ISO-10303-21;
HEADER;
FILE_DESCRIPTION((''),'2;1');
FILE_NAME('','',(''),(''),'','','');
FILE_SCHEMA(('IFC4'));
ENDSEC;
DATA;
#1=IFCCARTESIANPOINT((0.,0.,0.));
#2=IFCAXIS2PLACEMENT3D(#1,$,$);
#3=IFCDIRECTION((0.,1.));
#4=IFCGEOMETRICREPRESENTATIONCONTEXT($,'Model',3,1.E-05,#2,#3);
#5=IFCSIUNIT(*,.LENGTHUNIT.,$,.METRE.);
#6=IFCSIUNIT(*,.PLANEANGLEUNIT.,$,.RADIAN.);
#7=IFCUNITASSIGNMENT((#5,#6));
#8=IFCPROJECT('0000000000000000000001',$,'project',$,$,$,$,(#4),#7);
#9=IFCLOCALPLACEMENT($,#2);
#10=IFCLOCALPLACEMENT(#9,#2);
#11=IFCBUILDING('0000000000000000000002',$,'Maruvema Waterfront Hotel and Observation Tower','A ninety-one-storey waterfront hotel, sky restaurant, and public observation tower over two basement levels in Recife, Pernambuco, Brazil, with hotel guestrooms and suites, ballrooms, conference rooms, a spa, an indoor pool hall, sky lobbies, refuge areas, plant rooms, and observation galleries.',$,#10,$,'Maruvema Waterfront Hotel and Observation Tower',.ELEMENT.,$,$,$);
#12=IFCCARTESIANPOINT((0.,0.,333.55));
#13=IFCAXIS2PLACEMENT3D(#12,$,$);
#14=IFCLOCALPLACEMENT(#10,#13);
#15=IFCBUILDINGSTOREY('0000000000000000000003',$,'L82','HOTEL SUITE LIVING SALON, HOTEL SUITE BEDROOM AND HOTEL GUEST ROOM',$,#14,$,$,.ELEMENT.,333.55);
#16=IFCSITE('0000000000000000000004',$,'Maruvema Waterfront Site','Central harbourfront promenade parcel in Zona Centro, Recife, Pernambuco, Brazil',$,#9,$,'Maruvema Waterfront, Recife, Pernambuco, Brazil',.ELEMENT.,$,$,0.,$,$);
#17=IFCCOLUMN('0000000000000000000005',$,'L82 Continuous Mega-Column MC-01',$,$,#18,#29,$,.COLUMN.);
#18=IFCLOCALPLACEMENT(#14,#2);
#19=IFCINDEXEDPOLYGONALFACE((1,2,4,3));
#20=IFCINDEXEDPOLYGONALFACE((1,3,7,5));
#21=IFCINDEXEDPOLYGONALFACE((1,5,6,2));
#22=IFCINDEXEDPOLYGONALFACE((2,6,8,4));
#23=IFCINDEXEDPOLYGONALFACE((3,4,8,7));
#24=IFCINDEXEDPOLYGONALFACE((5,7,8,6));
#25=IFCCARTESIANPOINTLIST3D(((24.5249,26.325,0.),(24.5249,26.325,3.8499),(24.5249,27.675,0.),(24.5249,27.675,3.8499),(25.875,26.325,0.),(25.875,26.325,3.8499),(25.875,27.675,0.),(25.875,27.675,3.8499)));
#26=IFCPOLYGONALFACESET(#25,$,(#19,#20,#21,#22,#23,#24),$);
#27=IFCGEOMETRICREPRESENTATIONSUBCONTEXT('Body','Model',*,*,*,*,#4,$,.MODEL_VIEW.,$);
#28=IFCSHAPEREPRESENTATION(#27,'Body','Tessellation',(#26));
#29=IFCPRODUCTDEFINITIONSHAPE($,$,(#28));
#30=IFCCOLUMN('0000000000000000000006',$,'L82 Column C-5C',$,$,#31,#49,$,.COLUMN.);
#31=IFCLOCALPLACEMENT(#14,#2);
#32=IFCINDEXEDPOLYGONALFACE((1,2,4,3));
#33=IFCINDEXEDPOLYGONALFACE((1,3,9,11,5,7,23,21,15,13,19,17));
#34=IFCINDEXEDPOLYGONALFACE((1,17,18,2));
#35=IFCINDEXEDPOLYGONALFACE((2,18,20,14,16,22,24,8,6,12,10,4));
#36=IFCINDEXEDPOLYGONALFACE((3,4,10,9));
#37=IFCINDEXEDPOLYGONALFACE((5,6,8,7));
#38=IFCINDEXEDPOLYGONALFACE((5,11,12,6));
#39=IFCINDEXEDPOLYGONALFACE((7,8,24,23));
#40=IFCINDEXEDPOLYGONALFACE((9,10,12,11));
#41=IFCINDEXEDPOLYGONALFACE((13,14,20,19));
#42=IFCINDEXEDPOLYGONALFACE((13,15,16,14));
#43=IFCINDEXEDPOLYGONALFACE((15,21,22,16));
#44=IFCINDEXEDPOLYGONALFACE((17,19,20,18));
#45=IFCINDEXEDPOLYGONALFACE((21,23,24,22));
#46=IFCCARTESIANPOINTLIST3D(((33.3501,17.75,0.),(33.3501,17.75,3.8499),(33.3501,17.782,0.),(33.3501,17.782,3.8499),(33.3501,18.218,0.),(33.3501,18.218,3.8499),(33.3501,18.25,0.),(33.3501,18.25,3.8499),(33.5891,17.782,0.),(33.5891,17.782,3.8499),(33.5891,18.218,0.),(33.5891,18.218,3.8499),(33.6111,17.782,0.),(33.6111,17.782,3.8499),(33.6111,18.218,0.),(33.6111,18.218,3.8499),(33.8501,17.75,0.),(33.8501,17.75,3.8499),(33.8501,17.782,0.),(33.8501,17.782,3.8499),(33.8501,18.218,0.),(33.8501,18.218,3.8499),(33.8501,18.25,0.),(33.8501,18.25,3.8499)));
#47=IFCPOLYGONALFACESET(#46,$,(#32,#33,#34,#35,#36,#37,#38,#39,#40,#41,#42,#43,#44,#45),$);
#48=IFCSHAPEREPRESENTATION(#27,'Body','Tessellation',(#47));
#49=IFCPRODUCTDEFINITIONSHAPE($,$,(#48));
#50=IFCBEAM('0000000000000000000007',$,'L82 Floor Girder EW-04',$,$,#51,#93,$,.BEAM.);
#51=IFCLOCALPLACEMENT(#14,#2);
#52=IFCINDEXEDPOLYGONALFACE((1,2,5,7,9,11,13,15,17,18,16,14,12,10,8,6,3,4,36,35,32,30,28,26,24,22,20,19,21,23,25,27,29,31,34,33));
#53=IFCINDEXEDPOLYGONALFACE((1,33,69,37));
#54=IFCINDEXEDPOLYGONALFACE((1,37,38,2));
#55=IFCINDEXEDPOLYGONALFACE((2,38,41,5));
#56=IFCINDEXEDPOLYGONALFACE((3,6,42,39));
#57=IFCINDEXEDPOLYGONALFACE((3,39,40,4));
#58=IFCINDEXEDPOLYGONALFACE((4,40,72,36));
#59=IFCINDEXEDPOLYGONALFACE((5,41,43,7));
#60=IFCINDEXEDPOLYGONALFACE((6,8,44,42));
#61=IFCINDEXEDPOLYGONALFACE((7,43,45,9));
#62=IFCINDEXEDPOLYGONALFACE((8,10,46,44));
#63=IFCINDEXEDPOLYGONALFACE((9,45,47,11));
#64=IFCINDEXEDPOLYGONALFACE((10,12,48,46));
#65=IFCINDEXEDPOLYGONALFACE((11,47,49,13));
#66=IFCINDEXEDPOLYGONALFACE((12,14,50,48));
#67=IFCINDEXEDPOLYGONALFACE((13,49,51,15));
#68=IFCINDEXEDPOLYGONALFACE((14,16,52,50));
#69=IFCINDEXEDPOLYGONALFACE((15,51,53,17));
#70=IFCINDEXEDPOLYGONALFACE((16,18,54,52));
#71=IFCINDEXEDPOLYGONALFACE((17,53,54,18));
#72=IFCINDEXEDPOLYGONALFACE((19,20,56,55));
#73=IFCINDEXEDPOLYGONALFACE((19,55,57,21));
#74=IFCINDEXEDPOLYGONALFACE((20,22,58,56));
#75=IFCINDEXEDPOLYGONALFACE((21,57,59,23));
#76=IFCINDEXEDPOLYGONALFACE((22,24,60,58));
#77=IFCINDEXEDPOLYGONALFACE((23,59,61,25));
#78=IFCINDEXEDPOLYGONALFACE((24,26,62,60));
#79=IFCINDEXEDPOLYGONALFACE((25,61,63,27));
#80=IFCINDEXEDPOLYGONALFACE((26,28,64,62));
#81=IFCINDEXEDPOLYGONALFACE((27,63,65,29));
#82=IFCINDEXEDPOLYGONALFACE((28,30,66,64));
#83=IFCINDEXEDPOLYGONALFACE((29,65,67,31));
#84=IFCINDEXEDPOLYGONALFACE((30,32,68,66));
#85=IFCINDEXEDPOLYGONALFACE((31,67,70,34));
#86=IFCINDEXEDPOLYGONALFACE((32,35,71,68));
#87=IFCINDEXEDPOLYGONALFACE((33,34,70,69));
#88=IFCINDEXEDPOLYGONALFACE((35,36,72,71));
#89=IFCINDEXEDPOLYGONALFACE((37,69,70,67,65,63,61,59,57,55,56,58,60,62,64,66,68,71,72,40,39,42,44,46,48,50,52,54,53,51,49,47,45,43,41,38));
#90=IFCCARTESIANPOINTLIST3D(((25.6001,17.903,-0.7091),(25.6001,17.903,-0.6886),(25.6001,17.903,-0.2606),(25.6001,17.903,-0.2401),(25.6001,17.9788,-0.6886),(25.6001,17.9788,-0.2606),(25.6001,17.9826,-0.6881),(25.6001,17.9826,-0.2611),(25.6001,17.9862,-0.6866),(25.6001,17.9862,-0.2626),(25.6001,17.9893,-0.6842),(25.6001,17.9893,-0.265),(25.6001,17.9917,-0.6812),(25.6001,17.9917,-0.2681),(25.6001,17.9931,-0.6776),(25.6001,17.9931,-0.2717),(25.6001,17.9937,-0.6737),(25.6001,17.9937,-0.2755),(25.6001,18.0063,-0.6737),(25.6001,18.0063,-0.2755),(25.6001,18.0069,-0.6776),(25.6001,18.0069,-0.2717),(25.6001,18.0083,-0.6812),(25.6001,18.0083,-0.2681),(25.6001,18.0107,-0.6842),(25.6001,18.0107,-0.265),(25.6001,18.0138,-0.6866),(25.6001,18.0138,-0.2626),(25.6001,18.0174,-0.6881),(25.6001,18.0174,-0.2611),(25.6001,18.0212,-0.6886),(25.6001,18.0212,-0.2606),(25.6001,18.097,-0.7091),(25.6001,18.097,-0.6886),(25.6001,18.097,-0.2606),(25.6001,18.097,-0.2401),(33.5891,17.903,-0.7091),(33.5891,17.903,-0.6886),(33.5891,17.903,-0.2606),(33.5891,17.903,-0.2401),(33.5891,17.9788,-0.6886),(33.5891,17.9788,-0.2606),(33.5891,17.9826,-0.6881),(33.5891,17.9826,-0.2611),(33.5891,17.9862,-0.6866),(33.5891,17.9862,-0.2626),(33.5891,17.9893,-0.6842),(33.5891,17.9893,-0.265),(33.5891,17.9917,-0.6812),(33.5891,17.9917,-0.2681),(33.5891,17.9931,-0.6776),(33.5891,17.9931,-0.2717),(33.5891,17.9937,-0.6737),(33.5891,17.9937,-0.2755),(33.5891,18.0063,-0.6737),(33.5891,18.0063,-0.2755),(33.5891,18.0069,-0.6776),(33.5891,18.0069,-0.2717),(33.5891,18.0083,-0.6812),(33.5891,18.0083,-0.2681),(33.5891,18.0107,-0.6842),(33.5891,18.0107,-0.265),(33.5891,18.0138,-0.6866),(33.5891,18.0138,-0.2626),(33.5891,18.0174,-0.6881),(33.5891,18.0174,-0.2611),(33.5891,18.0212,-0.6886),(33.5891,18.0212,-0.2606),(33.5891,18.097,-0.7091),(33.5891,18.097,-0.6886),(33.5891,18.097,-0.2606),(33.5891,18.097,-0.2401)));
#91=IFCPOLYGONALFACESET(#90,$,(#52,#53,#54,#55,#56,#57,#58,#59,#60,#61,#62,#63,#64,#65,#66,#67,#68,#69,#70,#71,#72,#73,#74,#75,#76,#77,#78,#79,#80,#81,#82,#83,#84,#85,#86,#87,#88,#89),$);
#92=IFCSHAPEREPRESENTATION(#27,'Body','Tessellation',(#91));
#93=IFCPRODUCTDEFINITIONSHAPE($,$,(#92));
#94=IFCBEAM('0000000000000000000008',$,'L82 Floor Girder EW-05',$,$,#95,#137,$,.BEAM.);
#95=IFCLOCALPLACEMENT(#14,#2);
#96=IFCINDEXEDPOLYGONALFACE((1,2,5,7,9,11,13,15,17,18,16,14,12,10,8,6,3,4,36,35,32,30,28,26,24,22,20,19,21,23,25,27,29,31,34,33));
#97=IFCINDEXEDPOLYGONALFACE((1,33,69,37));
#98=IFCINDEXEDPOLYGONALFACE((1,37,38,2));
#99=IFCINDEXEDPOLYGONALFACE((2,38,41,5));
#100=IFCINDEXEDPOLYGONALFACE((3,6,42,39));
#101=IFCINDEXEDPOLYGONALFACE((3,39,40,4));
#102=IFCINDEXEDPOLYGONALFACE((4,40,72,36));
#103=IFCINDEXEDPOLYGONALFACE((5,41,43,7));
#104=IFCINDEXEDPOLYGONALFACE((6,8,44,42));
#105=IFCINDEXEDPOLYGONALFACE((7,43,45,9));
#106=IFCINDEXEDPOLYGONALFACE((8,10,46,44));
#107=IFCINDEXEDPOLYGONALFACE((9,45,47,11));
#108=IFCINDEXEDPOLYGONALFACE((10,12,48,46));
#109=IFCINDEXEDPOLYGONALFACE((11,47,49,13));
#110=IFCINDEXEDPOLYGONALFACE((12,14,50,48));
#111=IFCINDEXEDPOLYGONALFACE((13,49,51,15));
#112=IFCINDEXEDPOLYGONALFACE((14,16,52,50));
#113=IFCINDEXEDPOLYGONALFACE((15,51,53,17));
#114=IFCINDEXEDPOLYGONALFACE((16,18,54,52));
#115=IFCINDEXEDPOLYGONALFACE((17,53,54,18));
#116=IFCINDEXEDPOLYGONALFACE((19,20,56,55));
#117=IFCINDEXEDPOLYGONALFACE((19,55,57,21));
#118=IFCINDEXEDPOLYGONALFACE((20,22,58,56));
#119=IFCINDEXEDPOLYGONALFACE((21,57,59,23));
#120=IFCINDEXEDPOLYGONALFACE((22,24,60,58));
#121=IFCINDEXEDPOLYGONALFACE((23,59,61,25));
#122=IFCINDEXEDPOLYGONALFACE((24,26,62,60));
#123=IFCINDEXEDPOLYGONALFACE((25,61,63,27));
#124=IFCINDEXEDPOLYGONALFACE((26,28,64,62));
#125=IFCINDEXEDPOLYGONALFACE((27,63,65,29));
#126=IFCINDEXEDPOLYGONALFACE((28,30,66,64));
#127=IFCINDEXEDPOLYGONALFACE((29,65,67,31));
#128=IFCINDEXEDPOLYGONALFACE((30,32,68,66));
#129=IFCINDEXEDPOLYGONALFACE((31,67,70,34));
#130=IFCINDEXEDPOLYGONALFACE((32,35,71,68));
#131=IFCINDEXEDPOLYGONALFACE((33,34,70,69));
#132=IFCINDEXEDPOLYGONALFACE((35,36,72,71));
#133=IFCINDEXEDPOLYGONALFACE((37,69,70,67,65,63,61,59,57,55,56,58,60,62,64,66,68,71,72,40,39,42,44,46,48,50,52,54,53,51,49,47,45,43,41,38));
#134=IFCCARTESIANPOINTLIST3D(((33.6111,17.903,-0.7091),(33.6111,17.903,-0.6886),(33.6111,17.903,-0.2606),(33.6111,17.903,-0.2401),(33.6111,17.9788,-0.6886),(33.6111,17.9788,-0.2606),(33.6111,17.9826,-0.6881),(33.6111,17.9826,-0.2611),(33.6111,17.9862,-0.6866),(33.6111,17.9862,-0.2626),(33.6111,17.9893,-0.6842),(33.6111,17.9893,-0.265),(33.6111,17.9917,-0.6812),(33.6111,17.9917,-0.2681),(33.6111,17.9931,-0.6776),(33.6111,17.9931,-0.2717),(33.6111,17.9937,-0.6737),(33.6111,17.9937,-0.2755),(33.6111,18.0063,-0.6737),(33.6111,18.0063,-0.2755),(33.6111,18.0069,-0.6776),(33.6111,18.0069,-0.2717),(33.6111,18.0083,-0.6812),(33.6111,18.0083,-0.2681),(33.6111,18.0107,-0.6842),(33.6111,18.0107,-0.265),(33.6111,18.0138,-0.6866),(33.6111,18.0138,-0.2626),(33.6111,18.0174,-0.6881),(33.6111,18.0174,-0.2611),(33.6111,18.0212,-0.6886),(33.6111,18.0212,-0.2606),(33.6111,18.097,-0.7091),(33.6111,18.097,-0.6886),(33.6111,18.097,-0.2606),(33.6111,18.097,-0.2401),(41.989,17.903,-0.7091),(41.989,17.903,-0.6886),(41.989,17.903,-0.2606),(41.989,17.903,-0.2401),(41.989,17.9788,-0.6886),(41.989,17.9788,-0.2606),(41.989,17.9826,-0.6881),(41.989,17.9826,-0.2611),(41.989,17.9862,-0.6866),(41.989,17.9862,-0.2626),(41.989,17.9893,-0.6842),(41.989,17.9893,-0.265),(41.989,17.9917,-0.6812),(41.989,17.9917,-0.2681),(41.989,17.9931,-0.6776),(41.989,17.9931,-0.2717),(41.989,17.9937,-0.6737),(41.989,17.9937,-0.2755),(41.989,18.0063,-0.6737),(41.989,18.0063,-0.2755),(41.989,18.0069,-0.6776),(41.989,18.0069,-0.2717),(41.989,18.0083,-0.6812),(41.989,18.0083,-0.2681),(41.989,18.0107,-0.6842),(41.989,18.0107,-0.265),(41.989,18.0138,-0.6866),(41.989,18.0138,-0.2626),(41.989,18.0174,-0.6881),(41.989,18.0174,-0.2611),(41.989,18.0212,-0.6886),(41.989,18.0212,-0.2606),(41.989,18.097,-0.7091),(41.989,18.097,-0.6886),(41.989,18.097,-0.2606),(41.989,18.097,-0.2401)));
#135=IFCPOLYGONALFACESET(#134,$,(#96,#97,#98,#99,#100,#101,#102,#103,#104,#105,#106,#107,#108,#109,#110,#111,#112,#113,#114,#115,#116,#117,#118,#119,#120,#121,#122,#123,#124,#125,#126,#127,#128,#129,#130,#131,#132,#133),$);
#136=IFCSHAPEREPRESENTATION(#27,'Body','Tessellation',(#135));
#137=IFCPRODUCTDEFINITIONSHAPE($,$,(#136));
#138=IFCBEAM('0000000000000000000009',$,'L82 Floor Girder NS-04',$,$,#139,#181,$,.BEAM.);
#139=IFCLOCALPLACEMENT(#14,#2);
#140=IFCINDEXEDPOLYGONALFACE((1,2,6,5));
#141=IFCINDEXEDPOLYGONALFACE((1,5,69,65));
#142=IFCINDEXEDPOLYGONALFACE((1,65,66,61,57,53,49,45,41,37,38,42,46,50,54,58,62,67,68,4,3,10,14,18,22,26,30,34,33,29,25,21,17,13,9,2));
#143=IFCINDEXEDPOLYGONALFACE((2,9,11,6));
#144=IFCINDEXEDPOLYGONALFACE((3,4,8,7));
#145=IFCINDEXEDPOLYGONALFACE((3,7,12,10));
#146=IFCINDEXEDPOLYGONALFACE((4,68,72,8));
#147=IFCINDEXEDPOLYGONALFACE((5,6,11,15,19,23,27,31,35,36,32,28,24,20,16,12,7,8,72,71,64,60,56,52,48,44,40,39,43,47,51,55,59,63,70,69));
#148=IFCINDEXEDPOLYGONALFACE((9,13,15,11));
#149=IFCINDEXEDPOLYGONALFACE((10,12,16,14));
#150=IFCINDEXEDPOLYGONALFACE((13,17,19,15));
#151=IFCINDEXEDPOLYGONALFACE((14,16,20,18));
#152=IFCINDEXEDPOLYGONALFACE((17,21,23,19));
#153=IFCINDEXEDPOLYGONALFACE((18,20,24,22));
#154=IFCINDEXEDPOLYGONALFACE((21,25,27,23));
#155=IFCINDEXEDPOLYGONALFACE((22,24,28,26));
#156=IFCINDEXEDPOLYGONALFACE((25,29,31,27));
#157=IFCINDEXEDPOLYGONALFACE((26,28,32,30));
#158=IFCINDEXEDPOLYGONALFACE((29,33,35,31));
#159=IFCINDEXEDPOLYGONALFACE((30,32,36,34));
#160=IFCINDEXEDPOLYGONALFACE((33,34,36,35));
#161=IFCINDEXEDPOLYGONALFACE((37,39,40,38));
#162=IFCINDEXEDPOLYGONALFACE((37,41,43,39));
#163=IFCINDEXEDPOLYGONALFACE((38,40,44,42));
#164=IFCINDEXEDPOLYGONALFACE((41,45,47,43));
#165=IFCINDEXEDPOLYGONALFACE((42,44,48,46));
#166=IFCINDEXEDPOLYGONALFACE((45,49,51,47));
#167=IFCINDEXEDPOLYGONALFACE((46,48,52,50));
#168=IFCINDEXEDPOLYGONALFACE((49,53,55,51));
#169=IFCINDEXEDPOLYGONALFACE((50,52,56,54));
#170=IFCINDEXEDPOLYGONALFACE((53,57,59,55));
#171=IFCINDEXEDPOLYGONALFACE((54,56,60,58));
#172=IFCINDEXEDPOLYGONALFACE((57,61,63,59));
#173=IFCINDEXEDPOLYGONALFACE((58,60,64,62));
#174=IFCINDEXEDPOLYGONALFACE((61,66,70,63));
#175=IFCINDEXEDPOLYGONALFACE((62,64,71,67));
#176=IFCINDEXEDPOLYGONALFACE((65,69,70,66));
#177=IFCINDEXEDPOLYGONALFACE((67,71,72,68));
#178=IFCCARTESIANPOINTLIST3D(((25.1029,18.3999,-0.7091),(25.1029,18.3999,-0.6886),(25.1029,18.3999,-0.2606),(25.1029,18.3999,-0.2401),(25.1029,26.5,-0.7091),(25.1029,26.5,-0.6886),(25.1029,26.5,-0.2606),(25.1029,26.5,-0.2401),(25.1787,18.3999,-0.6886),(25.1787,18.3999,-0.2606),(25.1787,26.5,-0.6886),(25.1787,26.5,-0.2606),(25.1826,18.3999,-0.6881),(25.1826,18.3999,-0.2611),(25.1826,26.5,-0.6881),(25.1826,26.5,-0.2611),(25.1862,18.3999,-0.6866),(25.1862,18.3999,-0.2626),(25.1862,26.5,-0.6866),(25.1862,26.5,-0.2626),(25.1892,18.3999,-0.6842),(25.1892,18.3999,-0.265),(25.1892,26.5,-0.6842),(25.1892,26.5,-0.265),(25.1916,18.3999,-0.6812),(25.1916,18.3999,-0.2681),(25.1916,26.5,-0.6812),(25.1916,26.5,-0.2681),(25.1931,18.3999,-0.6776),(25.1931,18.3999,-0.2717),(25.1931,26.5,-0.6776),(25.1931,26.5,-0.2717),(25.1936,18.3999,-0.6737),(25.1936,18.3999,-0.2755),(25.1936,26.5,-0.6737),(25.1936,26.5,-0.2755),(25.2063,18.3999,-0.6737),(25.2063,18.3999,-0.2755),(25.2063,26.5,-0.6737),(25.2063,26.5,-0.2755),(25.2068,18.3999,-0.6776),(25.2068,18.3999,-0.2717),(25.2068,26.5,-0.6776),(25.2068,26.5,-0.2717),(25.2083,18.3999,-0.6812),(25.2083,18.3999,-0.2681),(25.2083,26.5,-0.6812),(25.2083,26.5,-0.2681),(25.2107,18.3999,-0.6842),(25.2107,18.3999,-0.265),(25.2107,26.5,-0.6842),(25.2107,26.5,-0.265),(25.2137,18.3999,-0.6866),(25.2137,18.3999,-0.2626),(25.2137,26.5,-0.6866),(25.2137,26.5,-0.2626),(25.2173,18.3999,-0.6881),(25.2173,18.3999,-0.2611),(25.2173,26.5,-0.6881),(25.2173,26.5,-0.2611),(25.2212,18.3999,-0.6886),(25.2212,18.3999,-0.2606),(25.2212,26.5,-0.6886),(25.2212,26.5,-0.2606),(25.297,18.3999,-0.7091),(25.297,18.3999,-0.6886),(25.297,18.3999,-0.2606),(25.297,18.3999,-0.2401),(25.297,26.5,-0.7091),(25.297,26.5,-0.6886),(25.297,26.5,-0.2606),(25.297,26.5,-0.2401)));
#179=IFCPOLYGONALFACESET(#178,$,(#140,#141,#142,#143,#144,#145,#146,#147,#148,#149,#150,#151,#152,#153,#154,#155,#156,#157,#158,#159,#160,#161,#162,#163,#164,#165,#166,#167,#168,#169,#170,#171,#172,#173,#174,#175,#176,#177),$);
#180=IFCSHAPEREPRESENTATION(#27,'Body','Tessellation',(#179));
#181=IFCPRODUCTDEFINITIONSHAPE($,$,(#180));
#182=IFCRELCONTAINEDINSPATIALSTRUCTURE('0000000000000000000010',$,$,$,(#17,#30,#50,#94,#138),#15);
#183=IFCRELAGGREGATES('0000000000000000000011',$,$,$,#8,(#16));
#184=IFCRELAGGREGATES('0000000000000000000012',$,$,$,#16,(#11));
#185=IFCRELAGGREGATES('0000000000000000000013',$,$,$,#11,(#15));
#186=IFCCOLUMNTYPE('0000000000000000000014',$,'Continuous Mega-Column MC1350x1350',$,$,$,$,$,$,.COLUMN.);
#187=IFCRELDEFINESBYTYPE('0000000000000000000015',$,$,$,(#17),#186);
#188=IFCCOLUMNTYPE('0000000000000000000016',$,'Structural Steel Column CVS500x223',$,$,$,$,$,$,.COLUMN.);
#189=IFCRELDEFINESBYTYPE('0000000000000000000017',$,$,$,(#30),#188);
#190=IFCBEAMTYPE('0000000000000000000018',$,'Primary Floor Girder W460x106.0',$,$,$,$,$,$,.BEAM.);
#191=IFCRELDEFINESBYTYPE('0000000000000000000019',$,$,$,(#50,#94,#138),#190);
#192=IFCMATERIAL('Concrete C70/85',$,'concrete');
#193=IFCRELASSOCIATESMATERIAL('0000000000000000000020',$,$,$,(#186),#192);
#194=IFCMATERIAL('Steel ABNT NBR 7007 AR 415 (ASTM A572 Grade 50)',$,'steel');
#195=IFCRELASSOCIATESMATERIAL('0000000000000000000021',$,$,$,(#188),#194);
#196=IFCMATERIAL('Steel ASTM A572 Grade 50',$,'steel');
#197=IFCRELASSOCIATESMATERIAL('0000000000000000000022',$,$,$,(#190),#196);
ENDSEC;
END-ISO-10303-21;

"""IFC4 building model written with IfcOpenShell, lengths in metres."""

from ifc_helpers import new_model, si_unit, direction, frame, origin, origin_2d, place, context, subcontext, project, spatial, rectangle, i_section, extrude, material, material_profile, profile_set, type_object, element, save


model = new_model("IFC4")

# Units and contexts
model_context = context("Model", 3, precision=1e-05, world=origin(), true_north=direction((0.0, 1.0)))
body_context = subcontext(model_context, "Body", "Model", "MODEL_VIEW")
ifc_project = project(units=[si_unit("LENGTHUNIT", "METRE"), si_unit("PLANEANGLEUNIT", "RADIAN")], contexts=[model_context])

# Site, building, storey
site_placement = place(None, origin())
site = spatial("IfcSite", under=ifc_project, at=site_placement, Name="Maruvema Waterfront Site", Description="Central harbourfront promenade parcel in Zona Centro, Recife, Pernambuco, Brazil", LongName="Maruvema Waterfront, Recife, Pernambuco, Brazil", CompositionType="ELEMENT", RefElevation=0.0)
building_placement = place(site_placement, origin())
building = spatial("IfcBuilding", under=site, at=building_placement, Name="Maruvema Waterfront Hotel and Observation Tower", Description="A ninety-one-storey waterfront hotel, sky restaurant, and public observation tower over two basement levels in Recife, Pernambuco, Brazil, with hotel guestrooms and suites, ballrooms, conference rooms, a spa, an indoor pool hall, sky lobbies, refuge areas, plant rooms, and observation galleries.", LongName="Maruvema Waterfront Hotel and Observation Tower", CompositionType="ELEMENT")
storey_placement = place(building_placement, frame((0.0, 0.0, 333.55)))
storey = spatial("IfcBuildingStorey", under=building, at=storey_placement, Name="L82", Description="HOTEL SUITE LIVING SALON, HOTEL SUITE BEDROOM AND HOTEL GUEST ROOM", CompositionType="ELEMENT", Elevation=333.55)

# Columns
ifc_material_1 = material(Name="Concrete C70/85", Category="concrete")
ifc_material_profile_1 = material_profile(ifc_material_1, rectangle(XDim=1.3501, YDim=1.3501, at=origin_2d()), Name="MC1350x1350")
ifc_profile_set_1 = profile_set([ifc_material_profile_1], Name="Concrete C70/85")
column_type_1 = type_object("IfcColumnType", Name="Continuous Mega-Column MC1350x1350", PredefinedType="COLUMN", material=ifc_profile_set_1)
column_1_placement = place(storey_placement, frame((25.2, 27.0, 0.0), z_axis=(0.0, 0.0, 1.0), x_axis=(1.0, 0.0, 0.0)))
element("IfcColumn", 1, at=column_1_placement, inside=storey, type_object=column_type_1, Name="L82 Continuous Mega-Column MC-01", PredefinedType="COLUMN", context=body_context, shape_type="SweptSolid", body=[
    extrude(rectangle(XDim=1.3501, YDim=1.3501, at=origin_2d()), origin(), (0.0, 0.0, 1.0), 3.8499),
])
ifc_material_2 = material(Name="Steel ABNT NBR 7007 AR 415 (ASTM A572 Grade 50)", Category="steel")
ifc_material_profile_2 = material_profile(ifc_material_2, i_section(OverallWidth=0.5, OverallDepth=0.5, WebThickness=0.022, FlangeThickness=0.032, at=origin_2d()), Name="CVS500x223")
ifc_profile_set_2 = profile_set([ifc_material_profile_2], Name="Steel ABNT NBR 7007 AR 415 (ASTM A572 Grade 50)")
column_type_2 = type_object("IfcColumnType", Name="Structural Steel Column CVS500x223", PredefinedType="COLUMN", material=ifc_profile_set_2)
column_2_placement = place(storey_placement, frame((33.6001, 18.0, 0.0), z_axis=(0.0, 0.0, 1.0), x_axis=(1.0, 0.0, 0.0)))
element("IfcColumn", 2, at=column_2_placement, inside=storey, type_object=column_type_2, Name="L82 Column C-5C", PredefinedType="COLUMN", context=body_context, shape_type="SweptSolid", body=[
    extrude(i_section(OverallWidth=0.5, OverallDepth=0.5, WebThickness=0.022, FlangeThickness=0.032, at=origin_2d()), origin(), (0.0, 0.0, 1.0), 3.8499),
])

# Beams
ifc_material_3 = material(Name="Steel ASTM A572 Grade 50", Category="steel")
ifc_material_profile_3 = material_profile(ifc_material_3, i_section(OverallWidth=0.1941, OverallDepth=0.469, WebThickness=0.0127, FlangeThickness=0.0205, FilletRadius=0.0149, at=origin_2d()), Name="W460x106.0")
ifc_profile_set_3 = profile_set([ifc_material_profile_3], Name="Steel ASTM A572 Grade 50")
beam_type_1 = type_object("IfcBeamType", Name="Primary Floor Girder W460x106.0", PredefinedType="BEAM", material=ifc_profile_set_3)
beam_1_placement = place(storey_placement, frame((25.6001, 18.0, -0.4746), z_axis=(1.0, 0.0, 0.0), x_axis=(0.0, 1.0, 0.0)))
element("IfcBeam", 3, at=beam_1_placement, inside=storey, type_object=beam_type_1, Name="L82 Floor Girder EW-04", PredefinedType="BEAM", context=body_context, shape_type="SweptSolid", body=[
    extrude(i_section(OverallWidth=0.1941, OverallDepth=0.469, WebThickness=0.0127, FlangeThickness=0.0205, FilletRadius=0.0149, at=origin_2d()), origin(), (0.0, 0.0, 1.0), 7.989),
])
beam_2_placement = place(storey_placement, frame((33.6111, 18.0, -0.4746), z_axis=(1.0, 0.0, 0.0), x_axis=(0.0, 1.0, 0.0)))
element("IfcBeam", 4, at=beam_2_placement, inside=storey, type_object=beam_type_1, Name="L82 Floor Girder EW-05", PredefinedType="BEAM", context=body_context, shape_type="SweptSolid", body=[
    extrude(i_section(OverallWidth=0.1941, OverallDepth=0.469, WebThickness=0.0127, FlangeThickness=0.0205, FilletRadius=0.0149, at=origin_2d()), origin(), (0.0, 0.0, 1.0), 8.3779),
])
for number, where, z_axis, x_axis, name in (
    (5, (25.2, 18.3999, -0.4746), (0.0, 1.0, 0.0), (-1.0, 0.0, 0.0), "L82 Floor Girder NS-04"),
):
    element("IfcBeam", number, at=place(storey_placement, frame(where, z_axis=z_axis, x_axis=x_axis)), inside=storey, type_object=beam_type_1, Name=name, PredefinedType="BEAM", context=body_context, shape_type="SweptSolid", body=[
        extrude(i_section(OverallWidth=0.1941, OverallDepth=0.469, WebThickness=0.0127, FlangeThickness=0.0205, FilletRadius=0.0149, at=origin_2d()), origin(), (0.0, 0.0, 1.0), 8.1001),
    ])

save(model, "model.ifc")
